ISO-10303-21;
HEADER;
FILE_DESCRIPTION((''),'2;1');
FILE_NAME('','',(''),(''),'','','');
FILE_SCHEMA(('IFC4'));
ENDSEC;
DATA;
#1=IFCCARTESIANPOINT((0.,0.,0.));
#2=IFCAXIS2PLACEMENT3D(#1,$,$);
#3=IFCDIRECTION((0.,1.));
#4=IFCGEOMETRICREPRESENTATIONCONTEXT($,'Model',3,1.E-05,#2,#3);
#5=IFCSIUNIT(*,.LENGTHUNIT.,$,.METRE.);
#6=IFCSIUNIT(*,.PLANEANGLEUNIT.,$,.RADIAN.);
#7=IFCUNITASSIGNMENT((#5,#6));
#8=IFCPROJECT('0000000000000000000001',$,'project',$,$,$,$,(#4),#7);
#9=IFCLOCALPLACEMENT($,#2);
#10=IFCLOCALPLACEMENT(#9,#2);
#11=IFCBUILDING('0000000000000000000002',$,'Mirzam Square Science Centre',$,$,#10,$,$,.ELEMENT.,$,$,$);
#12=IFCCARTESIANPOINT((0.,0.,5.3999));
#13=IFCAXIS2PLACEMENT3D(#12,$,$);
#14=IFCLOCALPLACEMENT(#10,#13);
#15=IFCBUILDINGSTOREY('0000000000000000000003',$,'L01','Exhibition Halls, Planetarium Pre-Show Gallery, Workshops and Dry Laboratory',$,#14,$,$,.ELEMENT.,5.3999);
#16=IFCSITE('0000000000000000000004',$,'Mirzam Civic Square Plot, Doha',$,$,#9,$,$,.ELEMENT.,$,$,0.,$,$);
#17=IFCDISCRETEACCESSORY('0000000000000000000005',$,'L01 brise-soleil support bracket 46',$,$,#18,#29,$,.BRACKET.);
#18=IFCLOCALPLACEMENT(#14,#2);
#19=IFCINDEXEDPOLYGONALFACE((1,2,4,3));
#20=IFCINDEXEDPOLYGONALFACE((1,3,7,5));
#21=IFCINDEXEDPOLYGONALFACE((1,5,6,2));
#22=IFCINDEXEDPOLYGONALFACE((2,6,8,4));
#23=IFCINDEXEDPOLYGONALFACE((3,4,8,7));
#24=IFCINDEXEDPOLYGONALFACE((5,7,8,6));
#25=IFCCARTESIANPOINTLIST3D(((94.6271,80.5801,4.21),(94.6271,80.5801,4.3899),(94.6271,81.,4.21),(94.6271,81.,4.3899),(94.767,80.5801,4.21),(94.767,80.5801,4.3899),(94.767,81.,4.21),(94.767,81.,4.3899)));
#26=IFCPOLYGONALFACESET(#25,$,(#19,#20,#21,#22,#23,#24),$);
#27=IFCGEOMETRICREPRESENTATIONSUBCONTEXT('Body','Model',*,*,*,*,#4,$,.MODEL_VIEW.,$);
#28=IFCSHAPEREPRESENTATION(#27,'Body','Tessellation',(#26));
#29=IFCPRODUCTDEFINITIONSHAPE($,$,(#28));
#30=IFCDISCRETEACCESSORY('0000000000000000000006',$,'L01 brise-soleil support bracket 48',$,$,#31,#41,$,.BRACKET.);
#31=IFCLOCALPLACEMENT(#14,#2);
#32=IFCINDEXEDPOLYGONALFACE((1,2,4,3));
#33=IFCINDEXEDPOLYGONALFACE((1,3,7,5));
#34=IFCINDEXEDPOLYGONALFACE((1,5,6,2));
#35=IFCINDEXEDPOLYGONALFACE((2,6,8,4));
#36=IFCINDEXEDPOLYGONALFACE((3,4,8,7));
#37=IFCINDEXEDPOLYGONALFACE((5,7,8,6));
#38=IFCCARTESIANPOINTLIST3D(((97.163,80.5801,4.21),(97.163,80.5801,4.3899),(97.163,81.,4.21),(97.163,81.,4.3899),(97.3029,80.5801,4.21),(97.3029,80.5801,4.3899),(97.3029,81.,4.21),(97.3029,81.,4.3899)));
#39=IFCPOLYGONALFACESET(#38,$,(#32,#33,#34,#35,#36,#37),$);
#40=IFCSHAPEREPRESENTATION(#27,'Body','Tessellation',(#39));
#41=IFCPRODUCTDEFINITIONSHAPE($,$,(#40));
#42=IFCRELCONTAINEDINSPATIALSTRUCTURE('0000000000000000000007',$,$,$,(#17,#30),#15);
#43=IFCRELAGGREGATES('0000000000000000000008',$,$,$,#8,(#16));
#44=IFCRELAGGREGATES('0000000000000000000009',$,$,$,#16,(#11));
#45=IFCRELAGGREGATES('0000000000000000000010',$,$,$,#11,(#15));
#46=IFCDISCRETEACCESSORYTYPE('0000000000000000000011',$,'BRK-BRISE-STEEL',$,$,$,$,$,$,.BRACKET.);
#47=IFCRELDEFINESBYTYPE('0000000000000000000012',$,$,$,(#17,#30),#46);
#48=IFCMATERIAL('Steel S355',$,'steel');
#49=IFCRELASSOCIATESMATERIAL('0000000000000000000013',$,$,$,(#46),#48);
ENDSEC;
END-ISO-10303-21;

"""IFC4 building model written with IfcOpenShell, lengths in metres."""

from ifc_helpers import new_model, si_unit, direction, frame, origin, origin_2d, place, context, subcontext, project, spatial, rectangle, extrude, material, type_object, element, save


model = new_model("IFC4")

# Units and contexts
model_context = context("Model", 3, precision=1e-05, world=origin(), true_north=direction((0.0, 1.0)))
body_context = subcontext(model_context, "Body", "Model", "MODEL_VIEW")
ifc_project = project(units=[si_unit("LENGTHUNIT", "METRE"), si_unit("PLANEANGLEUNIT", "RADIAN")], contexts=[model_context])

# Site, building, storey
site_placement = place(None, origin())
site = spatial("IfcSite", under=ifc_project, at=site_placement, Name="Mirzam Civic Square Plot, Doha", CompositionType="ELEMENT", RefElevation=0.0)
building_placement = place(site_placement, origin())
building = spatial("IfcBuilding", under=site, at=building_placement, Name="Mirzam Square Science Centre", CompositionType="ELEMENT")
storey_placement = place(building_placement, frame((0.0, 0.0, 5.3999)))
storey = spatial("IfcBuildingStorey", under=building, at=storey_placement, Name="L01", Description="Exhibition Halls, Planetarium Pre-Show Gallery, Workshops and Dry Laboratory", CompositionType="ELEMENT", Elevation=5.3999)

# Shared definitions
ifc_material_1 = material(Name="Steel S355", Category="steel")

# Discrete accessories
discrete_accessory_type = type_object("IfcDiscreteAccessoryType", Name="BRK-BRISE-STEEL", PredefinedType="BRACKET", material=ifc_material_1)
for number, where, z_axis, x_axis, name in (
    (1, (94.697, 80.79, 4.21), (0.0, 0.0, 1.0), (-1.0, 0.0, 0.0), "L01 brise-soleil support bracket 46"),
    (2, (97.2329, 80.79, 4.21), (0.0, 0.0, 1.0), (-1.0, 0.0, 0.0), "L01 brise-soleil support bracket 48"),
):
    element("IfcDiscreteAccessory", number, at=place(storey_placement, frame(where, z_axis=z_axis, x_axis=x_axis)), inside=storey, type_object=discrete_accessory_type, Name=name, PredefinedType="BRACKET", context=body_context, shape_type="SweptSolid", body=[
        extrude(rectangle(XDim=0.1399, YDim=0.4199, at=origin_2d()), origin(), (0.0, 0.0, 1.0), 0.1799),
    ])

save(model, "model.ifc")
